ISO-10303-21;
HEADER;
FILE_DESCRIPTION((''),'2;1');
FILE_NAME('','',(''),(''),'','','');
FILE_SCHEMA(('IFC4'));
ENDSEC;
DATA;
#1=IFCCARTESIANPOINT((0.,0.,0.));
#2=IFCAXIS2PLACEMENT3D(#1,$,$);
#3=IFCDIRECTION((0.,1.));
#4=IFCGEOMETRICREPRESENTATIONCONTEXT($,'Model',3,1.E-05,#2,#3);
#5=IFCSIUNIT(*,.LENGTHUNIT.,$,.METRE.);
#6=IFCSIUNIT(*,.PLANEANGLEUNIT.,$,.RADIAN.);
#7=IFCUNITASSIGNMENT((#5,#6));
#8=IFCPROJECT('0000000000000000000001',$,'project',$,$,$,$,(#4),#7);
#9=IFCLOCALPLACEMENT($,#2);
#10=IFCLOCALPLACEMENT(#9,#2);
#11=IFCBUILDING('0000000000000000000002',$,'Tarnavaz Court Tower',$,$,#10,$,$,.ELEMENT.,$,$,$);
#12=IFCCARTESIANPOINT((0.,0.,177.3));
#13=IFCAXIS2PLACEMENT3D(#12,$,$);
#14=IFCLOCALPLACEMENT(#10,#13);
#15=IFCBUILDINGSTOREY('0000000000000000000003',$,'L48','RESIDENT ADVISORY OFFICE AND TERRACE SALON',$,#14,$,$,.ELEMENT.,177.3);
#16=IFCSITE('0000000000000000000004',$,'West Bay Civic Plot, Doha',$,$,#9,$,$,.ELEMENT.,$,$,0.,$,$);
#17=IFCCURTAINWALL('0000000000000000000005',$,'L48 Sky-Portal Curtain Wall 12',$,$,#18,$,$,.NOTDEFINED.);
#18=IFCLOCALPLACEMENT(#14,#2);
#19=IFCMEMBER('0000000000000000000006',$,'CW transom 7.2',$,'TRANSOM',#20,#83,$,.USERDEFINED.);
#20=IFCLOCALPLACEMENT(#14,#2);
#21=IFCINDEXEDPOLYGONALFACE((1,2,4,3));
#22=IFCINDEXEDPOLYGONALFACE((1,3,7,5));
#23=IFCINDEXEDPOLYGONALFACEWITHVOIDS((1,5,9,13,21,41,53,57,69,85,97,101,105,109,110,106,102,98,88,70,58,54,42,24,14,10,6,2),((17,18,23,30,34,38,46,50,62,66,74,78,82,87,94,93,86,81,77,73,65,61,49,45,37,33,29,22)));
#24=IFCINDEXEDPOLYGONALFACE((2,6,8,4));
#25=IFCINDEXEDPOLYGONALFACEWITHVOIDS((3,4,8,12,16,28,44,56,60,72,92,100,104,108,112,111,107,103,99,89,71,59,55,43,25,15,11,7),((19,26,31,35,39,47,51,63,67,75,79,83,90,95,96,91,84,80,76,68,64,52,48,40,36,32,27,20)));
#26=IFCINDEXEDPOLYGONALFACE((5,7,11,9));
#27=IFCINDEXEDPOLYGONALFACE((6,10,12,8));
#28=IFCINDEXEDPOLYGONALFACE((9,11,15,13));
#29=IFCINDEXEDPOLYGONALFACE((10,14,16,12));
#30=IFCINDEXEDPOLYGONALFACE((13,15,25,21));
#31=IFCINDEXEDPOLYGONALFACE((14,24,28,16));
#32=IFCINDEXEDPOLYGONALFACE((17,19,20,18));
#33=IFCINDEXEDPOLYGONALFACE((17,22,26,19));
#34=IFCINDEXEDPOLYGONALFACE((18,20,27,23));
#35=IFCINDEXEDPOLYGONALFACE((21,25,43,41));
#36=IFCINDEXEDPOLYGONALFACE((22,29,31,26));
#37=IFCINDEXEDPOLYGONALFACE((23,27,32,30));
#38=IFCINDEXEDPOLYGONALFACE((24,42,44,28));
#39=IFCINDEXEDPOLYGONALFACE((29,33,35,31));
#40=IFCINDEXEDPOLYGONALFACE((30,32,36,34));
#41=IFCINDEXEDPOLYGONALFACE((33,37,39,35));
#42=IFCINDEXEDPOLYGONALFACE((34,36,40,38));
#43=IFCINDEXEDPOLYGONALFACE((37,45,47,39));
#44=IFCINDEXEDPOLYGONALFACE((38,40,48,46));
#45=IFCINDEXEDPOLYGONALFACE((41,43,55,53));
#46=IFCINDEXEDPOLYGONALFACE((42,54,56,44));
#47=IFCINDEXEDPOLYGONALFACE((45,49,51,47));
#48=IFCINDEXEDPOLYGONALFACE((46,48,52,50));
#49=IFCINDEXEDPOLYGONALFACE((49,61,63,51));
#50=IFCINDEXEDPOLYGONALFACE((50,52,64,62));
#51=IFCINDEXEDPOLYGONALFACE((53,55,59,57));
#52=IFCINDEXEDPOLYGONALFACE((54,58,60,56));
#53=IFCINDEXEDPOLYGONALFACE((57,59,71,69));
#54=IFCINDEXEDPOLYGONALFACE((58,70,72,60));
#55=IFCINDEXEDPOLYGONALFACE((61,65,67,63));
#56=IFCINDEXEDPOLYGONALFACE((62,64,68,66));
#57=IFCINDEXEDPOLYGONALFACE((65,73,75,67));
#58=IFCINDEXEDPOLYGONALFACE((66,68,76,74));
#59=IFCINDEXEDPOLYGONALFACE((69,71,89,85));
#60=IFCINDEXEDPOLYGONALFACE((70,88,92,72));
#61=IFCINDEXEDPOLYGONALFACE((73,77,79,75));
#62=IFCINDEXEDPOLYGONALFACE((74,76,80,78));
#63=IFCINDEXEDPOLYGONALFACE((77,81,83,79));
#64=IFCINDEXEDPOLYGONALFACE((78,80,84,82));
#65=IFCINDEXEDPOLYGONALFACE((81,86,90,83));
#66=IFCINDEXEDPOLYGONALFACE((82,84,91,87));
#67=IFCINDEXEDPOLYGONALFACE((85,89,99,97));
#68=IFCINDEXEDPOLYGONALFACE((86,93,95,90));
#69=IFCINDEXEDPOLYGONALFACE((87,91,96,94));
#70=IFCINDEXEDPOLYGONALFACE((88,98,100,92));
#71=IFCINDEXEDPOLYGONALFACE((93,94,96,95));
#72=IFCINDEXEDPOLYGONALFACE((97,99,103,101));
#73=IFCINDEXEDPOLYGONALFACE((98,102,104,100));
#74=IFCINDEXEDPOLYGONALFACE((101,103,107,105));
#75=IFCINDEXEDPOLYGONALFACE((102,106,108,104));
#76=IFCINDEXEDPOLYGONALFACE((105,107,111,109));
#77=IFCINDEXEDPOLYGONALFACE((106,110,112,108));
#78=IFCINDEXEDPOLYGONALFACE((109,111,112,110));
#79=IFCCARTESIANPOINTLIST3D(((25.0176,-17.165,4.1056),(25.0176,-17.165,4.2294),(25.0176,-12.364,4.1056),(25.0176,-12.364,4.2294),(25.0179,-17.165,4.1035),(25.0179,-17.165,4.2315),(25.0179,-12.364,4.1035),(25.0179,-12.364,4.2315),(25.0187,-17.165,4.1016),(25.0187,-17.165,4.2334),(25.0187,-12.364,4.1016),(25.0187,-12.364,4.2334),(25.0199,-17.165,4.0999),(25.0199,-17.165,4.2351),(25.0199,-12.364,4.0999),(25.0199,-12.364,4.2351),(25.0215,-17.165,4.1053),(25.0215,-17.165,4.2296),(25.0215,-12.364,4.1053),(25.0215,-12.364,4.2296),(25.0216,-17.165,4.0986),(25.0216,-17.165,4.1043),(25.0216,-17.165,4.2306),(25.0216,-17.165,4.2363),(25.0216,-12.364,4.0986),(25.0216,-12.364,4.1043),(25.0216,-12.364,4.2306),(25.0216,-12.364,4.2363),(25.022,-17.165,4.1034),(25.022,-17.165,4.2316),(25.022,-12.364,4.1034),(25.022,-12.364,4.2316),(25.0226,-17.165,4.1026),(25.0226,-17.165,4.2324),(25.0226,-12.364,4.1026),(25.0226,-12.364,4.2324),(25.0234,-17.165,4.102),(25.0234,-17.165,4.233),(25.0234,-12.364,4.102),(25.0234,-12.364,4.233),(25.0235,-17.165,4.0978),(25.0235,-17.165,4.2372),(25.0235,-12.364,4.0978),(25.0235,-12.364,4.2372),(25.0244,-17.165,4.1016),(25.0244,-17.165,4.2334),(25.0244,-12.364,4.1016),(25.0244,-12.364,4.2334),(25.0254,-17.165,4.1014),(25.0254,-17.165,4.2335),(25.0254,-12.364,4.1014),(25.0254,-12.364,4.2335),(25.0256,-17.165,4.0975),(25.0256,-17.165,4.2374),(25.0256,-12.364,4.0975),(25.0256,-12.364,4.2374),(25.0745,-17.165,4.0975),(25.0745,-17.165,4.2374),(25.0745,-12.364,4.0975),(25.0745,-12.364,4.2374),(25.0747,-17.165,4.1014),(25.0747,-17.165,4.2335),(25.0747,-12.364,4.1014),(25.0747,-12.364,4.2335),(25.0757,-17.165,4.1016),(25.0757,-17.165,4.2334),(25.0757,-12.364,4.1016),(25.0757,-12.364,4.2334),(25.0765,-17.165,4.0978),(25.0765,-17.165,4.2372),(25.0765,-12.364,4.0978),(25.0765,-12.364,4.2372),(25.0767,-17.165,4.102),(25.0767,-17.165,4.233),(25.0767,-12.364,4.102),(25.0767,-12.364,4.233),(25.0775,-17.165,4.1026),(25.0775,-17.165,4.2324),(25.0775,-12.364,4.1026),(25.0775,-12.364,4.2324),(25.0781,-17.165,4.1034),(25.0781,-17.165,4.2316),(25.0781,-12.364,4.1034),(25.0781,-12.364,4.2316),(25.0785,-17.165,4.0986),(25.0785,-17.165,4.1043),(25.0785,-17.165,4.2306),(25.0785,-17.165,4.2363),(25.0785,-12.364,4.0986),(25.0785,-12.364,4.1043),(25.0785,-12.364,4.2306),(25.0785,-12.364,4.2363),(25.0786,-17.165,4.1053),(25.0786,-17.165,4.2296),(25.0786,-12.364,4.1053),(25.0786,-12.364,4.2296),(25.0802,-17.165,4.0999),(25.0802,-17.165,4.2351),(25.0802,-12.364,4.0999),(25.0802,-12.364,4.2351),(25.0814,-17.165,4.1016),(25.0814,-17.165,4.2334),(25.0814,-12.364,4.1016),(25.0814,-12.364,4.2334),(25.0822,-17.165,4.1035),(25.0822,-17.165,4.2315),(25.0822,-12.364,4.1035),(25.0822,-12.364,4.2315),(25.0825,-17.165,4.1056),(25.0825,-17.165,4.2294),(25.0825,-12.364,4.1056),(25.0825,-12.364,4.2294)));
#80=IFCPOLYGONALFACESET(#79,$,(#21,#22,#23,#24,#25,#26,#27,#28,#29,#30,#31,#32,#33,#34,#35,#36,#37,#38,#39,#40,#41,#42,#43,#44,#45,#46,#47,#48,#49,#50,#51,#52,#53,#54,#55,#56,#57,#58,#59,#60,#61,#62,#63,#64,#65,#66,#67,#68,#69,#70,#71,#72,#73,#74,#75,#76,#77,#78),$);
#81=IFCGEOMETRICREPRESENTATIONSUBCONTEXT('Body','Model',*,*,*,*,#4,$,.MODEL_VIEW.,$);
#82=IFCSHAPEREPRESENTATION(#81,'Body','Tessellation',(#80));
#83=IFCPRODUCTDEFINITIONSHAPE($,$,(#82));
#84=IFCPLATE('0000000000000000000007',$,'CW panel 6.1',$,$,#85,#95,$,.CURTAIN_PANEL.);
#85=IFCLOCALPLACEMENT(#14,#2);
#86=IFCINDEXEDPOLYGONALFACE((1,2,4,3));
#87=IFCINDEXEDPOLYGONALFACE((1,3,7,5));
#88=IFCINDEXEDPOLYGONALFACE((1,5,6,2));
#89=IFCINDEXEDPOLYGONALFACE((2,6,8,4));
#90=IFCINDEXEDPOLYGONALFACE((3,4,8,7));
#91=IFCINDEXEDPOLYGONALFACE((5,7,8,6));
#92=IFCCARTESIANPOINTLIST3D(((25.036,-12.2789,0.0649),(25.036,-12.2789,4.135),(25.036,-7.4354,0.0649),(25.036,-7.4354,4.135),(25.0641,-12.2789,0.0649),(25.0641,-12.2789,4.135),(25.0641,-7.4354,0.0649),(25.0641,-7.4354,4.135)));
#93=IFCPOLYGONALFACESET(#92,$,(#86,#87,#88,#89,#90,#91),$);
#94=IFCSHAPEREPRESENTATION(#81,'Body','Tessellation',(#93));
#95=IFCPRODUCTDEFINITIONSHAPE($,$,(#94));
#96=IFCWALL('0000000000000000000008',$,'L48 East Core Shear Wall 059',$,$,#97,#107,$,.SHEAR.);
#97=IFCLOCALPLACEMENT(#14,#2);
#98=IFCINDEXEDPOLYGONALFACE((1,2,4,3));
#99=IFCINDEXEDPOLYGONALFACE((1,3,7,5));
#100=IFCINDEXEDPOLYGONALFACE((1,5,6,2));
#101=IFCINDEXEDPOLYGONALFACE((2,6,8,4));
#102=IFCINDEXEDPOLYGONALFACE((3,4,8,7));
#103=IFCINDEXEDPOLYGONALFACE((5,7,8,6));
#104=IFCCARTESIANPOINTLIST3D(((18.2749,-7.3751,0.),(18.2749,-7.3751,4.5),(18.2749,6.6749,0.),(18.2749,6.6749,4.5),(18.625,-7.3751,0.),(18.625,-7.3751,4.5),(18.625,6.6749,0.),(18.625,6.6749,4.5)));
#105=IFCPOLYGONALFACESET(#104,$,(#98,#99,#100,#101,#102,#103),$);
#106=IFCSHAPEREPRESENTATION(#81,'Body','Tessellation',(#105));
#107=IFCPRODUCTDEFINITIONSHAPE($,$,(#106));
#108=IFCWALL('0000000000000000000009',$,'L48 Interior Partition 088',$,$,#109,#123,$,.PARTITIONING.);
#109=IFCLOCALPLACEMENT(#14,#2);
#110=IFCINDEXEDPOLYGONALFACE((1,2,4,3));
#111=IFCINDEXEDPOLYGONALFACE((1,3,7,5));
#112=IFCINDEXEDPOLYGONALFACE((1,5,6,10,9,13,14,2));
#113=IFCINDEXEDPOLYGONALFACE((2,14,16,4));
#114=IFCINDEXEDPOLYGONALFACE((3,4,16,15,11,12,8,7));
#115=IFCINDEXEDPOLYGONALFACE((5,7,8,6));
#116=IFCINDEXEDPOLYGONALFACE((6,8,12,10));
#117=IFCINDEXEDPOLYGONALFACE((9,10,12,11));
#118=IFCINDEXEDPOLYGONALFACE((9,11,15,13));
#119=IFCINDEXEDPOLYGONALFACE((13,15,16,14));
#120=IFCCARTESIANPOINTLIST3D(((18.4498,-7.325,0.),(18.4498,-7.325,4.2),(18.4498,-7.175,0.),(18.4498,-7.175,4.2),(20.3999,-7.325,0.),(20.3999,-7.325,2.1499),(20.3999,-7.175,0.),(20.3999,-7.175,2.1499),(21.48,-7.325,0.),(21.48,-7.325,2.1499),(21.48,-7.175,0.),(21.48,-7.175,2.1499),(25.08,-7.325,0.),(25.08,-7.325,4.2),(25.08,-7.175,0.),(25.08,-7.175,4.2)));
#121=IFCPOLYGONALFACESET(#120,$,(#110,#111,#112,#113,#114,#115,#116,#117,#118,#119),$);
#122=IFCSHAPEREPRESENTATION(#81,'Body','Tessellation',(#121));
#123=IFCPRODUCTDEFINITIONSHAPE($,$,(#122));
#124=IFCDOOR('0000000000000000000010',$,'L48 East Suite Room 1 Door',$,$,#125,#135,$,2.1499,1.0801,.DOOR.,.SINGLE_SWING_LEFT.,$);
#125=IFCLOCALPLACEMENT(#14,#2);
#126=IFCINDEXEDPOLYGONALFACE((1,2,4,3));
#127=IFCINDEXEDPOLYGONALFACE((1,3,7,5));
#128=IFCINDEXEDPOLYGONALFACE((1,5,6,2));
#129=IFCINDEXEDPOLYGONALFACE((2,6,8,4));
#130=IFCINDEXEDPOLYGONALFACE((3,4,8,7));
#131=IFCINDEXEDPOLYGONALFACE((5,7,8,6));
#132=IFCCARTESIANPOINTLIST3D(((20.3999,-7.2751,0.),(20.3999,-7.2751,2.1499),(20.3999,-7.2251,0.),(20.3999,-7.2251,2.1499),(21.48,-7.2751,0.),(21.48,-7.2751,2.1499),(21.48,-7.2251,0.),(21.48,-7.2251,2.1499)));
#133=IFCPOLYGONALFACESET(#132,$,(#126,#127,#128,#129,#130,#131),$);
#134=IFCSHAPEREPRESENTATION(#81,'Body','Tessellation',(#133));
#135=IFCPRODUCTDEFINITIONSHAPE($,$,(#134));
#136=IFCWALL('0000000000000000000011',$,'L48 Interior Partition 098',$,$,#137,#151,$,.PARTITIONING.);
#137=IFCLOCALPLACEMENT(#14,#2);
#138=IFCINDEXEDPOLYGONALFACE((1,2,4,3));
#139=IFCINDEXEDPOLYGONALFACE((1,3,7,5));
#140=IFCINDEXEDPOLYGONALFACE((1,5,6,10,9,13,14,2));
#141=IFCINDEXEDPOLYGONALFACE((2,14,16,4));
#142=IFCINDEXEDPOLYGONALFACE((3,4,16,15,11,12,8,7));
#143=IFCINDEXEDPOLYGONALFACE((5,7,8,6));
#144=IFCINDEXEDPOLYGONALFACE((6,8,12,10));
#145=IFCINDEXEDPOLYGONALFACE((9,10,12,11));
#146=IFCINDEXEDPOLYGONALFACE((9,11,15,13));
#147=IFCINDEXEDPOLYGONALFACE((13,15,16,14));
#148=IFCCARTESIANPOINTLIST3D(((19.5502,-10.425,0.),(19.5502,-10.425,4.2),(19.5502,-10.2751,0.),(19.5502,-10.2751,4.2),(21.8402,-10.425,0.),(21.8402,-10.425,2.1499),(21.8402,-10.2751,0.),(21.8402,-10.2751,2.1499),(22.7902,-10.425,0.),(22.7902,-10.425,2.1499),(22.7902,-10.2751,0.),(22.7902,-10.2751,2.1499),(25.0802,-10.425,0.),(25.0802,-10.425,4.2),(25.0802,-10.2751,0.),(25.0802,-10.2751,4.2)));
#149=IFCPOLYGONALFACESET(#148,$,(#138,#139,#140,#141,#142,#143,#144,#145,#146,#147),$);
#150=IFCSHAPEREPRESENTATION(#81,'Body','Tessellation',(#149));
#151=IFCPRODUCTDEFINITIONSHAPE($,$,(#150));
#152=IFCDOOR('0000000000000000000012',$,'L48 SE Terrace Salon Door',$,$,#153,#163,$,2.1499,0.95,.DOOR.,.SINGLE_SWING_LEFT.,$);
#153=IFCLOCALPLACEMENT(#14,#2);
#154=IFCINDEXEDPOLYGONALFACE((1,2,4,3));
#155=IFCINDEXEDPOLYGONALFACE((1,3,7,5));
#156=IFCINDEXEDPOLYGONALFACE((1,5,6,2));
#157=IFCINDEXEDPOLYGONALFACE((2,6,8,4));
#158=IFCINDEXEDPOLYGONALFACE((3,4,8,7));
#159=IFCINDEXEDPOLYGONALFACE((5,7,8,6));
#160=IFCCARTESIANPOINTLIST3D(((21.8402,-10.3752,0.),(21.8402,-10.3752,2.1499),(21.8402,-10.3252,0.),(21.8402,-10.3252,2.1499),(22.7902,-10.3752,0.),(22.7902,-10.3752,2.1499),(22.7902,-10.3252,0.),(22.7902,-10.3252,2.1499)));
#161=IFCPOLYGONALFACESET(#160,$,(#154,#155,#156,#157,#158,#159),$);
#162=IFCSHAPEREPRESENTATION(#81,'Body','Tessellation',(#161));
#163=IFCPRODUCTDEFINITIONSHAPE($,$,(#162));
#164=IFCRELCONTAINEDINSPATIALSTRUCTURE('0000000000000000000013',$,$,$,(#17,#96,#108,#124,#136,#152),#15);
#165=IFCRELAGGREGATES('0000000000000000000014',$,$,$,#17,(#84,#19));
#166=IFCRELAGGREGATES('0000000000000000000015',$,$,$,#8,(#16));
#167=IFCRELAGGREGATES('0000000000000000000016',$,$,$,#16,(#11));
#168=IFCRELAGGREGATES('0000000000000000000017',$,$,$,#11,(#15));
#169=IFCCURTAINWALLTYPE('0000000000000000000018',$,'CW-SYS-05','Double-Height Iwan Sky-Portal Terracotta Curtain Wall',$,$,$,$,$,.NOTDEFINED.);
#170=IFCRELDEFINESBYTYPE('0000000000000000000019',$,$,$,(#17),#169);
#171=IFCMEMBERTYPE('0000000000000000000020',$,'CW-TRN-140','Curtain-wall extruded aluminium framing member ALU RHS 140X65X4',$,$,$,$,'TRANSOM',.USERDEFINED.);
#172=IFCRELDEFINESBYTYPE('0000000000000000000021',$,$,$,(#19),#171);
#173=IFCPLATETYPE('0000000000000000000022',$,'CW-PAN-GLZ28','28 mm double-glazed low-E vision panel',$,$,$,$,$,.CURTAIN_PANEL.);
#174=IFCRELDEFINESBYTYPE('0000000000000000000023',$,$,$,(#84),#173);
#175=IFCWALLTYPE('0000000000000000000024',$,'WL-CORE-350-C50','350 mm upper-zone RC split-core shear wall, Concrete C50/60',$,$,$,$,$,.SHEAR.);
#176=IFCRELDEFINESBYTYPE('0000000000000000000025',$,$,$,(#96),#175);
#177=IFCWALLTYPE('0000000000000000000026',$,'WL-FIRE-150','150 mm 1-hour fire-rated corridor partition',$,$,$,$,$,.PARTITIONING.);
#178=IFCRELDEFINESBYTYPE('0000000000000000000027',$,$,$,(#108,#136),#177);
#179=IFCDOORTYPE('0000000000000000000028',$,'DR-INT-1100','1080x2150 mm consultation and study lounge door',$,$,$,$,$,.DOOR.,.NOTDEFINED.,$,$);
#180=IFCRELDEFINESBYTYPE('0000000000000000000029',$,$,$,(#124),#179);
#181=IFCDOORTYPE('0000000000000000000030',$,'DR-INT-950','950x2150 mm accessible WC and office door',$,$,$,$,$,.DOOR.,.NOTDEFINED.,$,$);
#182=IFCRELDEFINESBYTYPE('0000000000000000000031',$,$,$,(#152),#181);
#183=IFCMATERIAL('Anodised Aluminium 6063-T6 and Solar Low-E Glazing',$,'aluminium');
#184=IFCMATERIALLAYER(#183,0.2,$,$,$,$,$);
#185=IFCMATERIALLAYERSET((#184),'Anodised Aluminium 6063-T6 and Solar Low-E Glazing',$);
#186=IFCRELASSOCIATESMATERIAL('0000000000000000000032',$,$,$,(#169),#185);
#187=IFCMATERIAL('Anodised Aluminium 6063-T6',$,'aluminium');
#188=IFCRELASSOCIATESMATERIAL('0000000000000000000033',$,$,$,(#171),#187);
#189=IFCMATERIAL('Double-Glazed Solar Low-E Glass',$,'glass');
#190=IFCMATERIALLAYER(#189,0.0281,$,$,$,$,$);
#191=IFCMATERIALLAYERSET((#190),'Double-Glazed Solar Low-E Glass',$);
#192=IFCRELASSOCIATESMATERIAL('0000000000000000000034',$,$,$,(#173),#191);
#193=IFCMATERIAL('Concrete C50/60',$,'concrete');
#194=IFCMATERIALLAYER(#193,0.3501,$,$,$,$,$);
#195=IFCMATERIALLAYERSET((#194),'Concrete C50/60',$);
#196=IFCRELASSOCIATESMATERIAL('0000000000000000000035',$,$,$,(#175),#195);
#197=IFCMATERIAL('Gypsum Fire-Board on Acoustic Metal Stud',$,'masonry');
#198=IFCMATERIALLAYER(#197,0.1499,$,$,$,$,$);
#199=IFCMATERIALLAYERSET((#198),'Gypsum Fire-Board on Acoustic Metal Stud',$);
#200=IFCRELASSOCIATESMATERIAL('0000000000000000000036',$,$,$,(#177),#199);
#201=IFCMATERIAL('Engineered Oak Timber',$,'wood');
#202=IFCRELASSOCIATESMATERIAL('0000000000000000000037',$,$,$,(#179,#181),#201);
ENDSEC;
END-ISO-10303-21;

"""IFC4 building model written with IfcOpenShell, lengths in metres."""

from ifc_helpers import new_model, si_unit, direction, frame, frame_2d, origin, origin_2d, place, context, subcontext, project, spatial, rectangle, hollow_rectangle, extrude, material, layer, layer_set, material_profile, profile_set, type_object, element, fill, aggregate, save


model = new_model("IFC4")

# Units and contexts
model_context = context("Model", 3, precision=1e-05, world=origin(), true_north=direction((0.0, 1.0)))
body_context = subcontext(model_context, "Body", "Model", "MODEL_VIEW")
ifc_project = project(units=[si_unit("LENGTHUNIT", "METRE"), si_unit("PLANEANGLEUNIT", "RADIAN")], contexts=[model_context])

# Site, building, storey
site_placement = place(None, origin())
site = spatial("IfcSite", under=ifc_project, at=site_placement, Name="West Bay Civic Plot, Doha", CompositionType="ELEMENT", RefElevation=0.0)
building_placement = place(site_placement, origin())
building = spatial("IfcBuilding", under=site, at=building_placement, Name="Tarnavaz Court Tower", CompositionType="ELEMENT")
storey_placement = place(building_placement, frame((0.0, 0.0, 177.3)))
storey = spatial("IfcBuildingStorey", under=building, at=storey_placement, Name="L48", Description="RESIDENT ADVISORY OFFICE AND TERRACE SALON", CompositionType="ELEMENT", Elevation=177.3)

# Curtain wall, member, plate
ifc_material_1 = material(Name="Anodised Aluminium 6063-T6 and Solar Low-E Glazing", Category="aluminium")
ifc_layer_1 = layer(ifc_material_1, 0.2)
ifc_layer_set_1 = layer_set([ifc_layer_1], Name="Anodised Aluminium 6063-T6 and Solar Low-E Glazing")
curtain_wall_type = type_object("IfcCurtainWallType", Name="CW-SYS-05", Description="Double-Height Iwan Sky-Portal Terracotta Curtain Wall", PredefinedType="NOTDEFINED", material=ifc_layer_set_1)
curtain_wall_placement = place(storey_placement, origin())
curtain_wall = element("IfcCurtainWall", 1, at=curtain_wall_placement, inside=storey, type_object=curtain_wall_type, Name="L48 Sky-Portal Curtain Wall 12", PredefinedType="NOTDEFINED")
ifc_material_2 = material(Name="Anodised Aluminium 6063-T6", Category="aluminium")
ifc_material_profile_1 = material_profile(ifc_material_2, hollow_rectangle(XDim=0.0649, YDim=0.1399, WallThickness=0.0039, InnerFilletRadius=0.0039, OuterFilletRadius=0.0081, at=origin_2d()), Name="ALU RHS 140X65X4")
ifc_profile_set_1 = profile_set([ifc_material_profile_1], Name="Anodised Aluminium 6063-T6")
member_type_1 = type_object("IfcMemberType", Name="CW-TRN-140", Description="Curtain-wall extruded aluminium framing member ALU RHS 140X65X4", ElementType="TRANSOM", PredefinedType="USERDEFINED", material=ifc_profile_set_1)
member_1_placement = place(storey_placement, frame((25.05, -12.364, 4.1675), z_axis=(0.0, -1.0, 0.0), x_axis=(1.0, 0.0, 0.0)))
member_1 = element("IfcMember", 2, at=member_1_placement, type_object=member_type_1, Name="CW transom 7.2", ObjectType="TRANSOM", PredefinedType="USERDEFINED", context=body_context, shape_type="SweptSolid", body=[
    extrude(hollow_rectangle(XDim=0.0649, YDim=0.1399, WallThickness=0.0039, InnerFilletRadius=0.0039, OuterFilletRadius=0.0081, at=origin_2d()), origin(), (0.0, 0.0, 1.0), 4.801),
])
ifc_material_3 = material(Name="Double-Glazed Solar Low-E Glass", Category="glass")
ifc_layer_2 = layer(ifc_material_3, 0.0281)
ifc_layer_set_2 = layer_set([ifc_layer_2], Name="Double-Glazed Solar Low-E Glass")
plate_type = type_object("IfcPlateType", Name="CW-PAN-GLZ28", Description="28 mm double-glazed low-E vision panel", PredefinedType="CURTAIN_PANEL", material=ifc_layer_set_2)
plate_placement = place(storey_placement, frame((25.05, -9.8572, 0.0649), z_axis=(0.0, 0.0, 1.0), x_axis=(0.0, -1.0, 0.0)))
plate = element("IfcPlate", 3, at=plate_placement, type_object=plate_type, Name="CW panel 6.1", PredefinedType="CURTAIN_PANEL", context=body_context, shape_type="SweptSolid", body=[
    extrude(rectangle(XDim=4.8435, YDim=0.0281, at=origin_2d()), origin(), (0.0, 0.0, 1.0), 4.0701),
])
aggregate(curtain_wall, [plate, member_1])

# Wall
ifc_material_4 = material(Name="Concrete C50/60", Category="concrete")
ifc_layer_3 = layer(ifc_material_4, 0.3501)
ifc_layer_set_3 = layer_set([ifc_layer_3], Name="Concrete C50/60")
wall_type_1 = type_object("IfcWallType", Name="WL-CORE-350-C50", Description="350 mm upper-zone RC split-core shear wall, Concrete C50/60", PredefinedType="SHEAR", material=ifc_layer_set_3)
wall_1_placement = place(storey_placement, frame((18.45, -7.375, 0.0), z_axis=(0.0, 0.0, 1.0), x_axis=(0.0, 1.0, 0.0)))
element("IfcWall", 4, at=wall_1_placement, inside=storey, type_object=wall_type_1, Name="L48 East Core Shear Wall 059", PredefinedType="SHEAR", context=body_context, shape_type="SweptSolid", body=[
    extrude(rectangle(XDim=14.05, YDim=0.3501, at=frame_2d((7.0249, 0.0))), origin(), (0.0, 0.0, 1.0), 4.5),
])

# Walls, openings, doors
ifc_material_5 = material(Name="Gypsum Fire-Board on Acoustic Metal Stud", Category="masonry")
ifc_layer_4 = layer(ifc_material_5, 0.1499)
ifc_layer_set_4 = layer_set([ifc_layer_4], Name="Gypsum Fire-Board on Acoustic Metal Stud")
wall_type_2 = type_object("IfcWallType", Name="WL-FIRE-150", Description="150 mm 1-hour fire-rated corridor partition", PredefinedType="PARTITIONING", material=ifc_layer_set_4)
wall_2_placement = place(storey_placement, frame((18.45, -7.25, 0.0), z_axis=(0.0, 0.0, 1.0), x_axis=(1.0, 0.0, 0.0)))
wall_2 = element("IfcWall", 5, at=wall_2_placement, inside=storey, type_object=wall_type_2, Name="L48 Interior Partition 088", PredefinedType="PARTITIONING", context=body_context, shape_type="SweptSolid", body=[
    extrude(rectangle(XDim=6.6301, YDim=0.1499, at=frame_2d((3.3149, 0.0))), origin(), (0.0, 0.0, 1.0), 4.2),
])
opening_1_placement = place(wall_2_placement, frame((1.95, 0.0, 0.0)))
opening_1 = element("IfcOpeningElement", 6, at=opening_1_placement, cuts=wall_2, PredefinedType="OPENING", context=body_context, shape_type="SweptSolid", body=[
    extrude(rectangle(XDim=1.0801, YDim=2.1499, at=frame_2d((0.54, 1.075))), frame((0.0, 0.085, 0.0), z_axis=(0.0, -1.0, 0.0), x_axis=(1.0, 0.0, 0.0)), (0.0, 0.0, 1.0), 0.1699),
])
ifc_material_6 = material(Name="Engineered Oak Timber", Category="wood")
door_type_1 = type_object("IfcDoorType", Name="DR-INT-1100", Description="1080x2150 mm consultation and study lounge door", OperationType="NOTDEFINED", PredefinedType="DOOR", material=ifc_material_6)
door_1_placement = place(opening_1_placement, origin())
door_1 = element("IfcDoor", 7, at=door_1_placement, inside=storey, type_object=door_type_1, Name="L48 East Suite Room 1 Door", OperationType="SINGLE_SWING_LEFT", OverallHeight=2.1499, OverallWidth=1.0801, PredefinedType="DOOR", context=body_context, shape_type="SweptSolid", body=[
    extrude(rectangle(XDim=1.0801, YDim=2.1499, at=frame_2d((0.54, 1.075))), frame((0.0, 0.0249, 0.0), z_axis=(0.0, -1.0, 0.0), x_axis=(1.0, 0.0, 0.0)), (0.0, 0.0, 1.0), 0.05),
])
fill(opening_1, door_1)
wall_3_placement = place(storey_placement, frame((19.55, -10.3501, 0.0), z_axis=(0.0, 0.0, 1.0), x_axis=(1.0, 0.0, 0.0)))
wall_3 = element("IfcWall", 8, at=wall_3_placement, inside=storey, type_object=wall_type_2, Name="L48 Interior Partition 098", PredefinedType="PARTITIONING", context=body_context, shape_type="SweptSolid", body=[
    extrude(rectangle(XDim=5.53, YDim=0.1499, at=frame_2d((2.7651, 0.0))), origin(), (0.0, 0.0, 1.0), 4.2),
])
opening_2_placement = place(wall_3_placement, frame((2.29, 0.0, 0.0)))
opening_2 = element("IfcOpeningElement", 9, at=opening_2_placement, cuts=wall_3, PredefinedType="OPENING", context=body_context, shape_type="SweptSolid", body=[
    extrude(rectangle(XDim=0.95, YDim=2.1499, at=frame_2d((0.4751, 1.075))), frame((0.0, 0.085, 0.0), z_axis=(0.0, -1.0, 0.0), x_axis=(1.0, 0.0, 0.0)), (0.0, 0.0, 1.0), 0.1699),
])
door_type_2 = type_object("IfcDoorType", Name="DR-INT-950", Description="950x2150 mm accessible WC and office door", OperationType="NOTDEFINED", PredefinedType="DOOR", material=ifc_material_6)
door_2_placement = place(opening_2_placement, origin())
door_2 = element("IfcDoor", 10, at=door_2_placement, inside=storey, type_object=door_type_2, Name="L48 SE Terrace Salon Door", OperationType="SINGLE_SWING_LEFT", OverallHeight=2.1499, OverallWidth=0.95, PredefinedType="DOOR", context=body_context, shape_type="SweptSolid", body=[
    extrude(rectangle(XDim=0.95, YDim=2.1499, at=frame_2d((0.4751, 1.075))), frame((0.0, 0.0249, 0.0), z_axis=(0.0, -1.0, 0.0), x_axis=(1.0, 0.0, 0.0)), (0.0, 0.0, 1.0), 0.05),
])
fill(opening_2, door_2)

save(model, "model.ifc")
